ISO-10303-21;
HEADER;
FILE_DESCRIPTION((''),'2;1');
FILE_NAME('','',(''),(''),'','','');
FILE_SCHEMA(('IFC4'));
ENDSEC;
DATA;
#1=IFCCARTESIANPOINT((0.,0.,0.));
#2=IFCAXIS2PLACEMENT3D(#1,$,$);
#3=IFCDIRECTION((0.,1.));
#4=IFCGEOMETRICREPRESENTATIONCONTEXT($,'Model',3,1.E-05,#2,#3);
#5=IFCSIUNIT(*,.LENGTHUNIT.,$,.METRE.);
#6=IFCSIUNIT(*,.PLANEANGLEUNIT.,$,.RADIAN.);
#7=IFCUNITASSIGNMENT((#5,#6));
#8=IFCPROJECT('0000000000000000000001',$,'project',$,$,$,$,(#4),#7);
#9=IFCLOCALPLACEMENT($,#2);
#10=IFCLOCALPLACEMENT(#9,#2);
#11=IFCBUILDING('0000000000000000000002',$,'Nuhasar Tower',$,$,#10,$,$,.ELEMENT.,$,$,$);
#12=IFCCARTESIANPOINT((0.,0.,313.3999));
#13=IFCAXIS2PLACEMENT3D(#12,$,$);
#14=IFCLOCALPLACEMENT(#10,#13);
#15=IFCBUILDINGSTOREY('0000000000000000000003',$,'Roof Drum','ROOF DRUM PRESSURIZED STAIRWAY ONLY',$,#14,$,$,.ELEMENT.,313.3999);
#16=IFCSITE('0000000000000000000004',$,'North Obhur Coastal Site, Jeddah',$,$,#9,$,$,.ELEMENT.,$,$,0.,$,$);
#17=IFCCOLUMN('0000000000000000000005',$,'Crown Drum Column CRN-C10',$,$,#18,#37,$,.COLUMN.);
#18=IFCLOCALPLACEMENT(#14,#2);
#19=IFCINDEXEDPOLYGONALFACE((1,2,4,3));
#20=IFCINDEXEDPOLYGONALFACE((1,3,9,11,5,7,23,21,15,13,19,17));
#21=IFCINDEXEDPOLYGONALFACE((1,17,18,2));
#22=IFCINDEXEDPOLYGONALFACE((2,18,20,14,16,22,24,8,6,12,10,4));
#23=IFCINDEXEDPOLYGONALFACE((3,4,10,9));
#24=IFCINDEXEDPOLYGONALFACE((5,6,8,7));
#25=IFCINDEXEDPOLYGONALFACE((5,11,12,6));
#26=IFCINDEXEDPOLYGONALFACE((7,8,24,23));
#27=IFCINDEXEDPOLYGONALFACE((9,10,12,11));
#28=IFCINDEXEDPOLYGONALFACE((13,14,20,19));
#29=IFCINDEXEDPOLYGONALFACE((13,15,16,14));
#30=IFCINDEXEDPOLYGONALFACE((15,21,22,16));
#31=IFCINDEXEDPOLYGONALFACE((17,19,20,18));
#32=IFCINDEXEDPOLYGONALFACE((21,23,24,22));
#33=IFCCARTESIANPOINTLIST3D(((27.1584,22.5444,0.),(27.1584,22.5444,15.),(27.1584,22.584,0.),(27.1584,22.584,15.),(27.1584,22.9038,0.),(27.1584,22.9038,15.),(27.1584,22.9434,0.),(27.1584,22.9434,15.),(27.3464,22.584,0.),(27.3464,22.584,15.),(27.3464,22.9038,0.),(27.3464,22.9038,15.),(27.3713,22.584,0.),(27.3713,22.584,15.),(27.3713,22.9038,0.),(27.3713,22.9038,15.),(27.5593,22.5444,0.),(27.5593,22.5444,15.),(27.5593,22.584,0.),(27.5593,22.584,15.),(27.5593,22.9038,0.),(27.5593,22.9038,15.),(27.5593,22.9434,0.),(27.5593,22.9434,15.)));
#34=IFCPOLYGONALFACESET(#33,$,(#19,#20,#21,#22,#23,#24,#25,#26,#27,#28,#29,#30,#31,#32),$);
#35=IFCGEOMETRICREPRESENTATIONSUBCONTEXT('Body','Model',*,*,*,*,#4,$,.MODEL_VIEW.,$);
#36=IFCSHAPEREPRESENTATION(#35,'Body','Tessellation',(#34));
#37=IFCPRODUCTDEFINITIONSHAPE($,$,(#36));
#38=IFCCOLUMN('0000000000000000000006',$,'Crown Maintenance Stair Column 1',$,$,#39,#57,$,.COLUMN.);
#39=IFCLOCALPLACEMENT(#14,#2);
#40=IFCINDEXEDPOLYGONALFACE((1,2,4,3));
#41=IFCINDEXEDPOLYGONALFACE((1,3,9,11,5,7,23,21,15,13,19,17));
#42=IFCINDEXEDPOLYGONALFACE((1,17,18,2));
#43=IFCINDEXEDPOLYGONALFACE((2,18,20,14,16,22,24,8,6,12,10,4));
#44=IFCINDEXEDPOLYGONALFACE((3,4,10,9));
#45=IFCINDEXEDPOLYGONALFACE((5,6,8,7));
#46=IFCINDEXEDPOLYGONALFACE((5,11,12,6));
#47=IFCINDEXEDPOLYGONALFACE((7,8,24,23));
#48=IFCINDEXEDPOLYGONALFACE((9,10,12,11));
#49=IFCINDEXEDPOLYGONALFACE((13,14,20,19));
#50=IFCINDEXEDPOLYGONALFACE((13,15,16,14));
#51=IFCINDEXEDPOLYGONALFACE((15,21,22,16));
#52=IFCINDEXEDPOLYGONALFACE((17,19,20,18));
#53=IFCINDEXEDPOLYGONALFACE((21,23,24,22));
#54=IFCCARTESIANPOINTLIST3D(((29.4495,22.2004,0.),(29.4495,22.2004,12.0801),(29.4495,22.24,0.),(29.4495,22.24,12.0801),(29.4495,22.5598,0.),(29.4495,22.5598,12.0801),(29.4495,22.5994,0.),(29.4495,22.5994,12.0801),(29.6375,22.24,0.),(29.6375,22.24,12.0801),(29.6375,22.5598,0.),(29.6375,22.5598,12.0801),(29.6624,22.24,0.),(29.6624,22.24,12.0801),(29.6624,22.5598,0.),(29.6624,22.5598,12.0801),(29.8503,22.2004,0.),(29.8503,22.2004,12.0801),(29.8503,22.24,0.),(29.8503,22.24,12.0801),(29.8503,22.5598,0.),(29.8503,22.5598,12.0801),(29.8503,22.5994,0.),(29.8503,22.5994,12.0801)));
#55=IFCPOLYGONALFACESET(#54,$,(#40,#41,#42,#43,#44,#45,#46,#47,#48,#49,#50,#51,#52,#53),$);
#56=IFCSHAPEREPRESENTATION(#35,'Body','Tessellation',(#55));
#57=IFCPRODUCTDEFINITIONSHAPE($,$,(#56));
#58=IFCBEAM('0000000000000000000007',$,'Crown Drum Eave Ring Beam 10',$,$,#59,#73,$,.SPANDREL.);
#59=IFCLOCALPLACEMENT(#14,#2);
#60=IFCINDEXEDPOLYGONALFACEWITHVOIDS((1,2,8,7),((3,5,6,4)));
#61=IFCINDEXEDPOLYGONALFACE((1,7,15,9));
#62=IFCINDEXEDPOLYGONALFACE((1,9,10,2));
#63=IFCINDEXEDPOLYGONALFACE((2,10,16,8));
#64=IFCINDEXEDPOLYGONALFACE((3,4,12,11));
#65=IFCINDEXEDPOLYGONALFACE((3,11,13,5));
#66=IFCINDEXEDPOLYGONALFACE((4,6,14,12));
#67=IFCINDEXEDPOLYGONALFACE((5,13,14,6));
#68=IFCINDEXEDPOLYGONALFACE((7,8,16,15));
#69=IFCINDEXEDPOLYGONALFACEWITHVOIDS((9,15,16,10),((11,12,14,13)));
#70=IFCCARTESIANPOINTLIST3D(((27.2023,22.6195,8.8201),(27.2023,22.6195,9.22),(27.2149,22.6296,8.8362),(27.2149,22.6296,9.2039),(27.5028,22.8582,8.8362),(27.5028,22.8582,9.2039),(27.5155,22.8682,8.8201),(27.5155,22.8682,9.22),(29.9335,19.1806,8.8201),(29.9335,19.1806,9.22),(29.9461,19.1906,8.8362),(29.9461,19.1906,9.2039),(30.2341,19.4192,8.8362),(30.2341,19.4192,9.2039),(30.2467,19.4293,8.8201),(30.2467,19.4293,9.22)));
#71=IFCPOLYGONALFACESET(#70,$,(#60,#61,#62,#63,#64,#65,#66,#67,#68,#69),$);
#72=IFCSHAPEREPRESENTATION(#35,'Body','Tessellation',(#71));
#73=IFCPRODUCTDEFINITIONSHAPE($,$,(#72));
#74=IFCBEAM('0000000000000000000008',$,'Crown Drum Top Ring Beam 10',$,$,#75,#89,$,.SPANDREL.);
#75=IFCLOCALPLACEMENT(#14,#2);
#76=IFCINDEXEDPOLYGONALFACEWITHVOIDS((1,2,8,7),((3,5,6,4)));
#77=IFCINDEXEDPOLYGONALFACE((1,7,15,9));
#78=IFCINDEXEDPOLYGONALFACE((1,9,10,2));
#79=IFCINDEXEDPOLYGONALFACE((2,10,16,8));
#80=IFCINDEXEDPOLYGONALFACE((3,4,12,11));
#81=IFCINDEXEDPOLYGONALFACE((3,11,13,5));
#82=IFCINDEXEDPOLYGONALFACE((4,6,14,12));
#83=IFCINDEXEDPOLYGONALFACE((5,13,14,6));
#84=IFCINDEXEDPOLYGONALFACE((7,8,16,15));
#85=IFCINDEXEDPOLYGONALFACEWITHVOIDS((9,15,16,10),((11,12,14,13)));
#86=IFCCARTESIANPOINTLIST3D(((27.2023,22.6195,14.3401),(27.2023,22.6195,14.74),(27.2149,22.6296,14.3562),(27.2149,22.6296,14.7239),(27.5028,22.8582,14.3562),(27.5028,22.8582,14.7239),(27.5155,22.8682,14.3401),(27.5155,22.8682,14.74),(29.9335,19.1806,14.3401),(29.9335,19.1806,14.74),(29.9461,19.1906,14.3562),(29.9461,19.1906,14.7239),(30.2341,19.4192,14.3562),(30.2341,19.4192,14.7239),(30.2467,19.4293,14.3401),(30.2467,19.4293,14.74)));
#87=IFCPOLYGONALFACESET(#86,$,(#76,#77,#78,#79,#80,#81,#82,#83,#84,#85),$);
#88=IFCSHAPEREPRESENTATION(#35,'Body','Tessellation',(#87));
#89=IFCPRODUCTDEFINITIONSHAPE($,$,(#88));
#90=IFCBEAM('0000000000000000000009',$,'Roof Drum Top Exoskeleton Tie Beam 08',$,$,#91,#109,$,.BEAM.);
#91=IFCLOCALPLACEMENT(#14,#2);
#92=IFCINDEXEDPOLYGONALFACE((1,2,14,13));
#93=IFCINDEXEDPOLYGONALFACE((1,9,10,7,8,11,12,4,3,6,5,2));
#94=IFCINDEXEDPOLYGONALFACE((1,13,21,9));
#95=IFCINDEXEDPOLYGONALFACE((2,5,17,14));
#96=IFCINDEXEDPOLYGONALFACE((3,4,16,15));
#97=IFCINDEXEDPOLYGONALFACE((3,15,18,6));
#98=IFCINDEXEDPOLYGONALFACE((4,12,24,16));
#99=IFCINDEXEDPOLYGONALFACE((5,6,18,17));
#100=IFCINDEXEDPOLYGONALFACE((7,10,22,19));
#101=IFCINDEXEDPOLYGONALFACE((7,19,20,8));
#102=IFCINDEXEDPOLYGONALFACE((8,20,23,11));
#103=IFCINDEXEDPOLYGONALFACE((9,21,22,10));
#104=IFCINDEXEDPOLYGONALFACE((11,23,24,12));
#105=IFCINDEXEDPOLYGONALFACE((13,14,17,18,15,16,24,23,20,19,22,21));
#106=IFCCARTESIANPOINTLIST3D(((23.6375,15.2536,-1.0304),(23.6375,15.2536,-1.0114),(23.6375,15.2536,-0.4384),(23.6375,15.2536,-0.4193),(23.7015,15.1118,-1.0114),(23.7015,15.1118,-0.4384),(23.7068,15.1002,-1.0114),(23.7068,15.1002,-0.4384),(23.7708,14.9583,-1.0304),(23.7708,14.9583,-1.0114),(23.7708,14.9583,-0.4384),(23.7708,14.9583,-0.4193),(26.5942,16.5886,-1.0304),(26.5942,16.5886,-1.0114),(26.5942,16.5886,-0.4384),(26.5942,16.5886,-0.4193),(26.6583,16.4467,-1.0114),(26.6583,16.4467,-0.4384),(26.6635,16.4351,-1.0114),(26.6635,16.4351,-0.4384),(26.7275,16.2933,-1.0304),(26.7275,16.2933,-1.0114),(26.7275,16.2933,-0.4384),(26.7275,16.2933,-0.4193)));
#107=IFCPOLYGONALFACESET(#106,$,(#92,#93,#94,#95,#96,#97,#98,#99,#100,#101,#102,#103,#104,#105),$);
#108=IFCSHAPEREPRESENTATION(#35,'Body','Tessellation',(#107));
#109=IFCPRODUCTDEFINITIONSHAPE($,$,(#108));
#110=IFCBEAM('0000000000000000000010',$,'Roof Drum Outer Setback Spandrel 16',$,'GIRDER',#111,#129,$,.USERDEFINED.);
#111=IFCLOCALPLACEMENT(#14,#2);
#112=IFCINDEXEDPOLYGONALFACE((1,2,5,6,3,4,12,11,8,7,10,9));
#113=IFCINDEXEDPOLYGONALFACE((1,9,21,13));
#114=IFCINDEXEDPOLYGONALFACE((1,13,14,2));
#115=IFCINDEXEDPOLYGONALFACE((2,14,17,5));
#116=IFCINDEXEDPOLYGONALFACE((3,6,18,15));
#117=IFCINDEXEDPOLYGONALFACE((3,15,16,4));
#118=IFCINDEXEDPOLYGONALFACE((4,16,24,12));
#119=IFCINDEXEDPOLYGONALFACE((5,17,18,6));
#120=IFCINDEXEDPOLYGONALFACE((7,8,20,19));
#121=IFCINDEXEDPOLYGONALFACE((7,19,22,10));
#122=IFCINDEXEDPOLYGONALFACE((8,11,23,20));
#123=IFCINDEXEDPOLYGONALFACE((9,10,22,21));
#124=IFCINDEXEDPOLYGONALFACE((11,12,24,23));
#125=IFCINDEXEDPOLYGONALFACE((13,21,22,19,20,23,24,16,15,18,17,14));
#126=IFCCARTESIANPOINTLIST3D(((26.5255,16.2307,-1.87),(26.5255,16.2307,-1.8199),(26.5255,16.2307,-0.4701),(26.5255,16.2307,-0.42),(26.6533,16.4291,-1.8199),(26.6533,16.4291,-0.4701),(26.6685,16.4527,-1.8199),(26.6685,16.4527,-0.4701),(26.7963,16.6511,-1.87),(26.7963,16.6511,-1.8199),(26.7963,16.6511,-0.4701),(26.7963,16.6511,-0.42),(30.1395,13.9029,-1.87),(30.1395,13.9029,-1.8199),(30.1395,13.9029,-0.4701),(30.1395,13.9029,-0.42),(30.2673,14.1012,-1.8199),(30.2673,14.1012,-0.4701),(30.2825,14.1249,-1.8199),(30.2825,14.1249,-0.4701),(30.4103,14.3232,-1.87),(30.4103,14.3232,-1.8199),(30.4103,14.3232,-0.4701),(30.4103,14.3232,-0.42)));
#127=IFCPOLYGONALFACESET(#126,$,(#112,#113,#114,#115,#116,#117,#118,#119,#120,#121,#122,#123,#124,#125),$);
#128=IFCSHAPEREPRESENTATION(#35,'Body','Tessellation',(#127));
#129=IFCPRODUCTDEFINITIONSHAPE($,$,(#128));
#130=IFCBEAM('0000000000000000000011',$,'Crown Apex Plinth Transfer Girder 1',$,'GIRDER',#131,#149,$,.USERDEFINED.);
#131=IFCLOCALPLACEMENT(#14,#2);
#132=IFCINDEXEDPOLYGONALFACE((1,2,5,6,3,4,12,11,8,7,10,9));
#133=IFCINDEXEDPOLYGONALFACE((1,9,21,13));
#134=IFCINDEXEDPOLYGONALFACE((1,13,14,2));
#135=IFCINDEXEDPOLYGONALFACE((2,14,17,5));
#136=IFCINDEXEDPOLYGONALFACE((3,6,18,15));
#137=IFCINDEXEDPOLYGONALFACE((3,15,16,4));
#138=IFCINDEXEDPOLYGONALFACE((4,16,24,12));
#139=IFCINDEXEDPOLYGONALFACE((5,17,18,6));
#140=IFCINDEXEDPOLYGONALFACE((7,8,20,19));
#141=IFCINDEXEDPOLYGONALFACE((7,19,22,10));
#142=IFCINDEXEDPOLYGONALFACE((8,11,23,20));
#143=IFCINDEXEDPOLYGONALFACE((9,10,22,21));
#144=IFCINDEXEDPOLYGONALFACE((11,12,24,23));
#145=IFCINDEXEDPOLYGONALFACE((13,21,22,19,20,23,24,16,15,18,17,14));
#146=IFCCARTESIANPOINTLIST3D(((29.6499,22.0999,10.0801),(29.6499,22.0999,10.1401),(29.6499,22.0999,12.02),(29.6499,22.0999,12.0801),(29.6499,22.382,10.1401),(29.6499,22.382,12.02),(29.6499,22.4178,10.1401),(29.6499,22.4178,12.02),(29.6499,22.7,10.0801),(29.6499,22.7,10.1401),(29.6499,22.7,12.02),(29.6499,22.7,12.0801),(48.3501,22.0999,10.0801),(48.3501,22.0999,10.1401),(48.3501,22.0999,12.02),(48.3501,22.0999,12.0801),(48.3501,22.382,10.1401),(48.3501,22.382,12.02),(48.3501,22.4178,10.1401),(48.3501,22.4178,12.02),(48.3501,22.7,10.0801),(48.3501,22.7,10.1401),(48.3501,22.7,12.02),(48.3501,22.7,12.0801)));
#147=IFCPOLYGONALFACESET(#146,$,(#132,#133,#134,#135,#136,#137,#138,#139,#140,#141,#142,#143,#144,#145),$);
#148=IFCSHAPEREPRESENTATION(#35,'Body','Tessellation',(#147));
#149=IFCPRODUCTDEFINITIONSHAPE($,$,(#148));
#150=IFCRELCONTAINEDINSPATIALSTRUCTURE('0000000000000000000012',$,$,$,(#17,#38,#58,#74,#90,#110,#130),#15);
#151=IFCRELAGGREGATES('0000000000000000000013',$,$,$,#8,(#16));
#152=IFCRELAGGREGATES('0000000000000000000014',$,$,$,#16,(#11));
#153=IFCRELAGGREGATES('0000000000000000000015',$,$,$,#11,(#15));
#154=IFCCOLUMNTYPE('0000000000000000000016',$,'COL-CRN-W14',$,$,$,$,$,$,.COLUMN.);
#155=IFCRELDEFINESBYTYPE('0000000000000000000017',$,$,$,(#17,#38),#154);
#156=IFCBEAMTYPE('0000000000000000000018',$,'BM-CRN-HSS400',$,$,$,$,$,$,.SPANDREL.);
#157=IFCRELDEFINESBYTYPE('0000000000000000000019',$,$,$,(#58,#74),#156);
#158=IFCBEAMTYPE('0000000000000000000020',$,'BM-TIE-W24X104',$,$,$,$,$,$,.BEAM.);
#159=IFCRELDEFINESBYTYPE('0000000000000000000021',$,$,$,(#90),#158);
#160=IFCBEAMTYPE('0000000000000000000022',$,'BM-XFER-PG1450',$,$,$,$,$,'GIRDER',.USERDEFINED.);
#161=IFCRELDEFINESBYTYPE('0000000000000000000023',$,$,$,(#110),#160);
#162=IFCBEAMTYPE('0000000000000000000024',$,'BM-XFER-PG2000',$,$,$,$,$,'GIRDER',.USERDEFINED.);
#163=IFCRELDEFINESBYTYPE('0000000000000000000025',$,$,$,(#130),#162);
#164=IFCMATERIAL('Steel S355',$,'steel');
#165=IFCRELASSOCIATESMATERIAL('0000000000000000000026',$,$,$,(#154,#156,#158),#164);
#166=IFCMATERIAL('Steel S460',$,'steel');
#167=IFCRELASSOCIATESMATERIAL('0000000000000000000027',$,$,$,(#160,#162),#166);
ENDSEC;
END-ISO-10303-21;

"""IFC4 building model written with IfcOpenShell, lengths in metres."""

from ifc_helpers import new_model, si_unit, direction, frame, origin, origin_2d, place, context, subcontext, project, spatial, hollow_rectangle, i_section, extrude, material, material_profile, profile_set, type_object, element, save


model = new_model("IFC4")

# Units and contexts
model_context = context("Model", 3, precision=1e-05, world=origin(), true_north=direction((0.0, 1.0)))
body_context = subcontext(model_context, "Body", "Model", "MODEL_VIEW")
ifc_project = project(units=[si_unit("LENGTHUNIT", "METRE"), si_unit("PLANEANGLEUNIT", "RADIAN")], contexts=[model_context])

# Site, building, storey
site_placement = place(None, origin())
site = spatial("IfcSite", under=ifc_project, at=site_placement, Name="North Obhur Coastal Site, Jeddah", CompositionType="ELEMENT", RefElevation=0.0)
building_placement = place(site_placement, origin())
building = spatial("IfcBuilding", under=site, at=building_placement, Name="Nuhasar Tower", CompositionType="ELEMENT")
storey_placement = place(building_placement, frame((0.0, 0.0, 313.3999)))
storey = spatial("IfcBuildingStorey", under=building, at=storey_placement, Name="Roof Drum", Description="ROOF DRUM PRESSURIZED STAIRWAY ONLY", CompositionType="ELEMENT", Elevation=313.3999)

# Columns
ifc_material_1 = material(Name="Steel S355", Category="steel")
ifc_material_profile_1 = material_profile(ifc_material_1, i_section(OverallWidth=0.4009, OverallDepth=0.3989, WebThickness=0.0249, FlangeThickness=0.0396, at=origin_2d()), Name="W14X211")
ifc_profile_set_1 = profile_set([ifc_material_profile_1], Name="Steel S355")
column_type = type_object("IfcColumnType", Name="COL-CRN-W14", PredefinedType="COLUMN", material=ifc_profile_set_1)
column_1_placement = place(storey_placement, frame((27.3589, 22.7439, 0.0), z_axis=(0.0, 0.0, 1.0), x_axis=(1.0, 0.0, 0.0)))
element("IfcColumn", 1, at=column_1_placement, inside=storey, type_object=column_type, Name="Crown Drum Column CRN-C10", PredefinedType="COLUMN", context=body_context, shape_type="SweptSolid", body=[
    extrude(i_section(OverallWidth=0.4009, OverallDepth=0.3989, WebThickness=0.0249, FlangeThickness=0.0396, at=origin_2d()), origin(), (0.0, 0.0, 1.0), 15.0),
])
column_2_placement = place(storey_placement, frame((29.6499, 22.3999, 0.0), z_axis=(0.0, 0.0, 1.0), x_axis=(1.0, 0.0, 0.0)))
element("IfcColumn", 2, at=column_2_placement, inside=storey, type_object=column_type, Name="Crown Maintenance Stair Column 1", PredefinedType="COLUMN", context=body_context, shape_type="SweptSolid", body=[
    extrude(i_section(OverallWidth=0.4009, OverallDepth=0.3989, WebThickness=0.0249, FlangeThickness=0.0396, at=origin_2d()), origin(), (0.0, 0.0, 1.0), 12.0801),
])

# Beams
ifc_material_profile_2 = material_profile(ifc_material_1, hollow_rectangle(XDim=0.3999, YDim=0.3999, WallThickness=0.0161, at=origin_2d()), Name="HSS400X400X16")
ifc_profile_set_2 = profile_set([ifc_material_profile_2], Name="Steel S355")
beam_type_1 = type_object("IfcBeamType", Name="BM-CRN-HSS400", PredefinedType="SPANDREL", material=ifc_profile_set_2)
for number, where, z_axis, x_axis, name in (
    (3, (27.3589, 22.7439, 9.02), (0.621918, -0.783082, 0.0), (0.783082, 0.621918, 0.0), "Crown Drum Eave Ring Beam 10"),
    (4, (27.3589, 22.7439, 14.54), (0.621918, -0.783082, 0.0), (0.783082, 0.621918, 0.0), "Crown Drum Top Ring Beam 10"),
):
    element("IfcBeam", number, at=place(storey_placement, frame(where, z_axis=z_axis, x_axis=x_axis)), inside=storey, type_object=beam_type_1, Name=name, PredefinedType="SPANDREL", context=body_context, shape_type="SweptSolid", body=[
        extrude(hollow_rectangle(XDim=0.3999, YDim=0.3999, WallThickness=0.0161, at=origin_2d()), origin(), (0.0, 0.0, 1.0), 4.3916),
    ])
ifc_material_profile_3 = material_profile(ifc_material_1, i_section(OverallWidth=0.324, OverallDepth=0.6111, WebThickness=0.0127, FlangeThickness=0.019, at=origin_2d()), Name="W24X104")
ifc_profile_set_3 = profile_set([ifc_material_profile_3], Name="Steel S355")
beam_type_2 = type_object("IfcBeamType", Name="BM-TIE-W24X104", PredefinedType="BEAM", material=ifc_profile_set_3)
beam_1_placement = place(storey_placement, frame((26.6609, 16.4409, -0.7249), z_axis=(-0.911412, -0.411494, 0.0), x_axis=(0.411494, -0.911412, 0.0)))
element("IfcBeam", 5, at=beam_1_placement, inside=storey, type_object=beam_type_2, Name="Roof Drum Top Exoskeleton Tie Beam 08", PredefinedType="BEAM", context=body_context, shape_type="SweptSolid", body=[
    extrude(i_section(OverallWidth=0.324, OverallDepth=0.6111, WebThickness=0.0127, FlangeThickness=0.019, at=origin_2d()), origin(), (0.0, 0.0, 1.0), 3.2441),
])
ifc_material_2 = material(Name="Steel S460", Category="steel")
ifc_material_profile_4 = material_profile(ifc_material_2, i_section(OverallWidth=0.5, OverallDepth=1.45, WebThickness=0.0281, FlangeThickness=0.05, at=origin_2d()), Name="PG1450X500")
ifc_profile_set_4 = profile_set([ifc_material_profile_4], Name="Steel S460")
beam_type_3 = type_object("IfcBeamType", Name="BM-XFER-PG1450", ElementType="GIRDER", PredefinedType="USERDEFINED", material=ifc_profile_set_4)
beam_2_placement = place(storey_placement, frame((26.6609, 16.4409, -1.145), z_axis=(0.840693, -0.541512, 0.0), x_axis=(0.541512, 0.840693, 0.0)))
element("IfcBeam", 6, at=beam_2_placement, inside=storey, type_object=beam_type_3, Name="Roof Drum Outer Setback Spandrel 16", ObjectType="GIRDER", PredefinedType="USERDEFINED", context=body_context, shape_type="SweptSolid", body=[
    extrude(i_section(OverallWidth=0.5, OverallDepth=1.45, WebThickness=0.0281, FlangeThickness=0.05, at=origin_2d()), origin(), (0.0, 0.0, 1.0), 4.2988),
])
ifc_material_profile_5 = material_profile(ifc_material_2, i_section(OverallWidth=0.6001, OverallDepth=2.0, WebThickness=0.0359, FlangeThickness=0.0601, at=origin_2d()), Name="PG2000X600")
ifc_profile_set_5 = profile_set([ifc_material_profile_5], Name="Steel S460")
beam_type_4 = type_object("IfcBeamType", Name="BM-XFER-PG2000", ElementType="GIRDER", PredefinedType="USERDEFINED", material=ifc_profile_set_5)
beam_3_placement = place(storey_placement, frame((29.6499, 22.3999, 11.0801), z_axis=(1.0, 0.0, 0.0), x_axis=(0.0, 1.0, 0.0)))
element("IfcBeam", 7, at=beam_3_placement, inside=storey, type_object=beam_type_4, Name="Crown Apex Plinth Transfer Girder 1", ObjectType="GIRDER", PredefinedType="USERDEFINED", context=body_context, shape_type="SweptSolid", body=[
    extrude(i_section(OverallWidth=0.6001, OverallDepth=2.0, WebThickness=0.0359, FlangeThickness=0.0601, at=origin_2d()), origin(), (0.0, 0.0, 1.0), 18.7002),
])

save(model, "model.ifc")
